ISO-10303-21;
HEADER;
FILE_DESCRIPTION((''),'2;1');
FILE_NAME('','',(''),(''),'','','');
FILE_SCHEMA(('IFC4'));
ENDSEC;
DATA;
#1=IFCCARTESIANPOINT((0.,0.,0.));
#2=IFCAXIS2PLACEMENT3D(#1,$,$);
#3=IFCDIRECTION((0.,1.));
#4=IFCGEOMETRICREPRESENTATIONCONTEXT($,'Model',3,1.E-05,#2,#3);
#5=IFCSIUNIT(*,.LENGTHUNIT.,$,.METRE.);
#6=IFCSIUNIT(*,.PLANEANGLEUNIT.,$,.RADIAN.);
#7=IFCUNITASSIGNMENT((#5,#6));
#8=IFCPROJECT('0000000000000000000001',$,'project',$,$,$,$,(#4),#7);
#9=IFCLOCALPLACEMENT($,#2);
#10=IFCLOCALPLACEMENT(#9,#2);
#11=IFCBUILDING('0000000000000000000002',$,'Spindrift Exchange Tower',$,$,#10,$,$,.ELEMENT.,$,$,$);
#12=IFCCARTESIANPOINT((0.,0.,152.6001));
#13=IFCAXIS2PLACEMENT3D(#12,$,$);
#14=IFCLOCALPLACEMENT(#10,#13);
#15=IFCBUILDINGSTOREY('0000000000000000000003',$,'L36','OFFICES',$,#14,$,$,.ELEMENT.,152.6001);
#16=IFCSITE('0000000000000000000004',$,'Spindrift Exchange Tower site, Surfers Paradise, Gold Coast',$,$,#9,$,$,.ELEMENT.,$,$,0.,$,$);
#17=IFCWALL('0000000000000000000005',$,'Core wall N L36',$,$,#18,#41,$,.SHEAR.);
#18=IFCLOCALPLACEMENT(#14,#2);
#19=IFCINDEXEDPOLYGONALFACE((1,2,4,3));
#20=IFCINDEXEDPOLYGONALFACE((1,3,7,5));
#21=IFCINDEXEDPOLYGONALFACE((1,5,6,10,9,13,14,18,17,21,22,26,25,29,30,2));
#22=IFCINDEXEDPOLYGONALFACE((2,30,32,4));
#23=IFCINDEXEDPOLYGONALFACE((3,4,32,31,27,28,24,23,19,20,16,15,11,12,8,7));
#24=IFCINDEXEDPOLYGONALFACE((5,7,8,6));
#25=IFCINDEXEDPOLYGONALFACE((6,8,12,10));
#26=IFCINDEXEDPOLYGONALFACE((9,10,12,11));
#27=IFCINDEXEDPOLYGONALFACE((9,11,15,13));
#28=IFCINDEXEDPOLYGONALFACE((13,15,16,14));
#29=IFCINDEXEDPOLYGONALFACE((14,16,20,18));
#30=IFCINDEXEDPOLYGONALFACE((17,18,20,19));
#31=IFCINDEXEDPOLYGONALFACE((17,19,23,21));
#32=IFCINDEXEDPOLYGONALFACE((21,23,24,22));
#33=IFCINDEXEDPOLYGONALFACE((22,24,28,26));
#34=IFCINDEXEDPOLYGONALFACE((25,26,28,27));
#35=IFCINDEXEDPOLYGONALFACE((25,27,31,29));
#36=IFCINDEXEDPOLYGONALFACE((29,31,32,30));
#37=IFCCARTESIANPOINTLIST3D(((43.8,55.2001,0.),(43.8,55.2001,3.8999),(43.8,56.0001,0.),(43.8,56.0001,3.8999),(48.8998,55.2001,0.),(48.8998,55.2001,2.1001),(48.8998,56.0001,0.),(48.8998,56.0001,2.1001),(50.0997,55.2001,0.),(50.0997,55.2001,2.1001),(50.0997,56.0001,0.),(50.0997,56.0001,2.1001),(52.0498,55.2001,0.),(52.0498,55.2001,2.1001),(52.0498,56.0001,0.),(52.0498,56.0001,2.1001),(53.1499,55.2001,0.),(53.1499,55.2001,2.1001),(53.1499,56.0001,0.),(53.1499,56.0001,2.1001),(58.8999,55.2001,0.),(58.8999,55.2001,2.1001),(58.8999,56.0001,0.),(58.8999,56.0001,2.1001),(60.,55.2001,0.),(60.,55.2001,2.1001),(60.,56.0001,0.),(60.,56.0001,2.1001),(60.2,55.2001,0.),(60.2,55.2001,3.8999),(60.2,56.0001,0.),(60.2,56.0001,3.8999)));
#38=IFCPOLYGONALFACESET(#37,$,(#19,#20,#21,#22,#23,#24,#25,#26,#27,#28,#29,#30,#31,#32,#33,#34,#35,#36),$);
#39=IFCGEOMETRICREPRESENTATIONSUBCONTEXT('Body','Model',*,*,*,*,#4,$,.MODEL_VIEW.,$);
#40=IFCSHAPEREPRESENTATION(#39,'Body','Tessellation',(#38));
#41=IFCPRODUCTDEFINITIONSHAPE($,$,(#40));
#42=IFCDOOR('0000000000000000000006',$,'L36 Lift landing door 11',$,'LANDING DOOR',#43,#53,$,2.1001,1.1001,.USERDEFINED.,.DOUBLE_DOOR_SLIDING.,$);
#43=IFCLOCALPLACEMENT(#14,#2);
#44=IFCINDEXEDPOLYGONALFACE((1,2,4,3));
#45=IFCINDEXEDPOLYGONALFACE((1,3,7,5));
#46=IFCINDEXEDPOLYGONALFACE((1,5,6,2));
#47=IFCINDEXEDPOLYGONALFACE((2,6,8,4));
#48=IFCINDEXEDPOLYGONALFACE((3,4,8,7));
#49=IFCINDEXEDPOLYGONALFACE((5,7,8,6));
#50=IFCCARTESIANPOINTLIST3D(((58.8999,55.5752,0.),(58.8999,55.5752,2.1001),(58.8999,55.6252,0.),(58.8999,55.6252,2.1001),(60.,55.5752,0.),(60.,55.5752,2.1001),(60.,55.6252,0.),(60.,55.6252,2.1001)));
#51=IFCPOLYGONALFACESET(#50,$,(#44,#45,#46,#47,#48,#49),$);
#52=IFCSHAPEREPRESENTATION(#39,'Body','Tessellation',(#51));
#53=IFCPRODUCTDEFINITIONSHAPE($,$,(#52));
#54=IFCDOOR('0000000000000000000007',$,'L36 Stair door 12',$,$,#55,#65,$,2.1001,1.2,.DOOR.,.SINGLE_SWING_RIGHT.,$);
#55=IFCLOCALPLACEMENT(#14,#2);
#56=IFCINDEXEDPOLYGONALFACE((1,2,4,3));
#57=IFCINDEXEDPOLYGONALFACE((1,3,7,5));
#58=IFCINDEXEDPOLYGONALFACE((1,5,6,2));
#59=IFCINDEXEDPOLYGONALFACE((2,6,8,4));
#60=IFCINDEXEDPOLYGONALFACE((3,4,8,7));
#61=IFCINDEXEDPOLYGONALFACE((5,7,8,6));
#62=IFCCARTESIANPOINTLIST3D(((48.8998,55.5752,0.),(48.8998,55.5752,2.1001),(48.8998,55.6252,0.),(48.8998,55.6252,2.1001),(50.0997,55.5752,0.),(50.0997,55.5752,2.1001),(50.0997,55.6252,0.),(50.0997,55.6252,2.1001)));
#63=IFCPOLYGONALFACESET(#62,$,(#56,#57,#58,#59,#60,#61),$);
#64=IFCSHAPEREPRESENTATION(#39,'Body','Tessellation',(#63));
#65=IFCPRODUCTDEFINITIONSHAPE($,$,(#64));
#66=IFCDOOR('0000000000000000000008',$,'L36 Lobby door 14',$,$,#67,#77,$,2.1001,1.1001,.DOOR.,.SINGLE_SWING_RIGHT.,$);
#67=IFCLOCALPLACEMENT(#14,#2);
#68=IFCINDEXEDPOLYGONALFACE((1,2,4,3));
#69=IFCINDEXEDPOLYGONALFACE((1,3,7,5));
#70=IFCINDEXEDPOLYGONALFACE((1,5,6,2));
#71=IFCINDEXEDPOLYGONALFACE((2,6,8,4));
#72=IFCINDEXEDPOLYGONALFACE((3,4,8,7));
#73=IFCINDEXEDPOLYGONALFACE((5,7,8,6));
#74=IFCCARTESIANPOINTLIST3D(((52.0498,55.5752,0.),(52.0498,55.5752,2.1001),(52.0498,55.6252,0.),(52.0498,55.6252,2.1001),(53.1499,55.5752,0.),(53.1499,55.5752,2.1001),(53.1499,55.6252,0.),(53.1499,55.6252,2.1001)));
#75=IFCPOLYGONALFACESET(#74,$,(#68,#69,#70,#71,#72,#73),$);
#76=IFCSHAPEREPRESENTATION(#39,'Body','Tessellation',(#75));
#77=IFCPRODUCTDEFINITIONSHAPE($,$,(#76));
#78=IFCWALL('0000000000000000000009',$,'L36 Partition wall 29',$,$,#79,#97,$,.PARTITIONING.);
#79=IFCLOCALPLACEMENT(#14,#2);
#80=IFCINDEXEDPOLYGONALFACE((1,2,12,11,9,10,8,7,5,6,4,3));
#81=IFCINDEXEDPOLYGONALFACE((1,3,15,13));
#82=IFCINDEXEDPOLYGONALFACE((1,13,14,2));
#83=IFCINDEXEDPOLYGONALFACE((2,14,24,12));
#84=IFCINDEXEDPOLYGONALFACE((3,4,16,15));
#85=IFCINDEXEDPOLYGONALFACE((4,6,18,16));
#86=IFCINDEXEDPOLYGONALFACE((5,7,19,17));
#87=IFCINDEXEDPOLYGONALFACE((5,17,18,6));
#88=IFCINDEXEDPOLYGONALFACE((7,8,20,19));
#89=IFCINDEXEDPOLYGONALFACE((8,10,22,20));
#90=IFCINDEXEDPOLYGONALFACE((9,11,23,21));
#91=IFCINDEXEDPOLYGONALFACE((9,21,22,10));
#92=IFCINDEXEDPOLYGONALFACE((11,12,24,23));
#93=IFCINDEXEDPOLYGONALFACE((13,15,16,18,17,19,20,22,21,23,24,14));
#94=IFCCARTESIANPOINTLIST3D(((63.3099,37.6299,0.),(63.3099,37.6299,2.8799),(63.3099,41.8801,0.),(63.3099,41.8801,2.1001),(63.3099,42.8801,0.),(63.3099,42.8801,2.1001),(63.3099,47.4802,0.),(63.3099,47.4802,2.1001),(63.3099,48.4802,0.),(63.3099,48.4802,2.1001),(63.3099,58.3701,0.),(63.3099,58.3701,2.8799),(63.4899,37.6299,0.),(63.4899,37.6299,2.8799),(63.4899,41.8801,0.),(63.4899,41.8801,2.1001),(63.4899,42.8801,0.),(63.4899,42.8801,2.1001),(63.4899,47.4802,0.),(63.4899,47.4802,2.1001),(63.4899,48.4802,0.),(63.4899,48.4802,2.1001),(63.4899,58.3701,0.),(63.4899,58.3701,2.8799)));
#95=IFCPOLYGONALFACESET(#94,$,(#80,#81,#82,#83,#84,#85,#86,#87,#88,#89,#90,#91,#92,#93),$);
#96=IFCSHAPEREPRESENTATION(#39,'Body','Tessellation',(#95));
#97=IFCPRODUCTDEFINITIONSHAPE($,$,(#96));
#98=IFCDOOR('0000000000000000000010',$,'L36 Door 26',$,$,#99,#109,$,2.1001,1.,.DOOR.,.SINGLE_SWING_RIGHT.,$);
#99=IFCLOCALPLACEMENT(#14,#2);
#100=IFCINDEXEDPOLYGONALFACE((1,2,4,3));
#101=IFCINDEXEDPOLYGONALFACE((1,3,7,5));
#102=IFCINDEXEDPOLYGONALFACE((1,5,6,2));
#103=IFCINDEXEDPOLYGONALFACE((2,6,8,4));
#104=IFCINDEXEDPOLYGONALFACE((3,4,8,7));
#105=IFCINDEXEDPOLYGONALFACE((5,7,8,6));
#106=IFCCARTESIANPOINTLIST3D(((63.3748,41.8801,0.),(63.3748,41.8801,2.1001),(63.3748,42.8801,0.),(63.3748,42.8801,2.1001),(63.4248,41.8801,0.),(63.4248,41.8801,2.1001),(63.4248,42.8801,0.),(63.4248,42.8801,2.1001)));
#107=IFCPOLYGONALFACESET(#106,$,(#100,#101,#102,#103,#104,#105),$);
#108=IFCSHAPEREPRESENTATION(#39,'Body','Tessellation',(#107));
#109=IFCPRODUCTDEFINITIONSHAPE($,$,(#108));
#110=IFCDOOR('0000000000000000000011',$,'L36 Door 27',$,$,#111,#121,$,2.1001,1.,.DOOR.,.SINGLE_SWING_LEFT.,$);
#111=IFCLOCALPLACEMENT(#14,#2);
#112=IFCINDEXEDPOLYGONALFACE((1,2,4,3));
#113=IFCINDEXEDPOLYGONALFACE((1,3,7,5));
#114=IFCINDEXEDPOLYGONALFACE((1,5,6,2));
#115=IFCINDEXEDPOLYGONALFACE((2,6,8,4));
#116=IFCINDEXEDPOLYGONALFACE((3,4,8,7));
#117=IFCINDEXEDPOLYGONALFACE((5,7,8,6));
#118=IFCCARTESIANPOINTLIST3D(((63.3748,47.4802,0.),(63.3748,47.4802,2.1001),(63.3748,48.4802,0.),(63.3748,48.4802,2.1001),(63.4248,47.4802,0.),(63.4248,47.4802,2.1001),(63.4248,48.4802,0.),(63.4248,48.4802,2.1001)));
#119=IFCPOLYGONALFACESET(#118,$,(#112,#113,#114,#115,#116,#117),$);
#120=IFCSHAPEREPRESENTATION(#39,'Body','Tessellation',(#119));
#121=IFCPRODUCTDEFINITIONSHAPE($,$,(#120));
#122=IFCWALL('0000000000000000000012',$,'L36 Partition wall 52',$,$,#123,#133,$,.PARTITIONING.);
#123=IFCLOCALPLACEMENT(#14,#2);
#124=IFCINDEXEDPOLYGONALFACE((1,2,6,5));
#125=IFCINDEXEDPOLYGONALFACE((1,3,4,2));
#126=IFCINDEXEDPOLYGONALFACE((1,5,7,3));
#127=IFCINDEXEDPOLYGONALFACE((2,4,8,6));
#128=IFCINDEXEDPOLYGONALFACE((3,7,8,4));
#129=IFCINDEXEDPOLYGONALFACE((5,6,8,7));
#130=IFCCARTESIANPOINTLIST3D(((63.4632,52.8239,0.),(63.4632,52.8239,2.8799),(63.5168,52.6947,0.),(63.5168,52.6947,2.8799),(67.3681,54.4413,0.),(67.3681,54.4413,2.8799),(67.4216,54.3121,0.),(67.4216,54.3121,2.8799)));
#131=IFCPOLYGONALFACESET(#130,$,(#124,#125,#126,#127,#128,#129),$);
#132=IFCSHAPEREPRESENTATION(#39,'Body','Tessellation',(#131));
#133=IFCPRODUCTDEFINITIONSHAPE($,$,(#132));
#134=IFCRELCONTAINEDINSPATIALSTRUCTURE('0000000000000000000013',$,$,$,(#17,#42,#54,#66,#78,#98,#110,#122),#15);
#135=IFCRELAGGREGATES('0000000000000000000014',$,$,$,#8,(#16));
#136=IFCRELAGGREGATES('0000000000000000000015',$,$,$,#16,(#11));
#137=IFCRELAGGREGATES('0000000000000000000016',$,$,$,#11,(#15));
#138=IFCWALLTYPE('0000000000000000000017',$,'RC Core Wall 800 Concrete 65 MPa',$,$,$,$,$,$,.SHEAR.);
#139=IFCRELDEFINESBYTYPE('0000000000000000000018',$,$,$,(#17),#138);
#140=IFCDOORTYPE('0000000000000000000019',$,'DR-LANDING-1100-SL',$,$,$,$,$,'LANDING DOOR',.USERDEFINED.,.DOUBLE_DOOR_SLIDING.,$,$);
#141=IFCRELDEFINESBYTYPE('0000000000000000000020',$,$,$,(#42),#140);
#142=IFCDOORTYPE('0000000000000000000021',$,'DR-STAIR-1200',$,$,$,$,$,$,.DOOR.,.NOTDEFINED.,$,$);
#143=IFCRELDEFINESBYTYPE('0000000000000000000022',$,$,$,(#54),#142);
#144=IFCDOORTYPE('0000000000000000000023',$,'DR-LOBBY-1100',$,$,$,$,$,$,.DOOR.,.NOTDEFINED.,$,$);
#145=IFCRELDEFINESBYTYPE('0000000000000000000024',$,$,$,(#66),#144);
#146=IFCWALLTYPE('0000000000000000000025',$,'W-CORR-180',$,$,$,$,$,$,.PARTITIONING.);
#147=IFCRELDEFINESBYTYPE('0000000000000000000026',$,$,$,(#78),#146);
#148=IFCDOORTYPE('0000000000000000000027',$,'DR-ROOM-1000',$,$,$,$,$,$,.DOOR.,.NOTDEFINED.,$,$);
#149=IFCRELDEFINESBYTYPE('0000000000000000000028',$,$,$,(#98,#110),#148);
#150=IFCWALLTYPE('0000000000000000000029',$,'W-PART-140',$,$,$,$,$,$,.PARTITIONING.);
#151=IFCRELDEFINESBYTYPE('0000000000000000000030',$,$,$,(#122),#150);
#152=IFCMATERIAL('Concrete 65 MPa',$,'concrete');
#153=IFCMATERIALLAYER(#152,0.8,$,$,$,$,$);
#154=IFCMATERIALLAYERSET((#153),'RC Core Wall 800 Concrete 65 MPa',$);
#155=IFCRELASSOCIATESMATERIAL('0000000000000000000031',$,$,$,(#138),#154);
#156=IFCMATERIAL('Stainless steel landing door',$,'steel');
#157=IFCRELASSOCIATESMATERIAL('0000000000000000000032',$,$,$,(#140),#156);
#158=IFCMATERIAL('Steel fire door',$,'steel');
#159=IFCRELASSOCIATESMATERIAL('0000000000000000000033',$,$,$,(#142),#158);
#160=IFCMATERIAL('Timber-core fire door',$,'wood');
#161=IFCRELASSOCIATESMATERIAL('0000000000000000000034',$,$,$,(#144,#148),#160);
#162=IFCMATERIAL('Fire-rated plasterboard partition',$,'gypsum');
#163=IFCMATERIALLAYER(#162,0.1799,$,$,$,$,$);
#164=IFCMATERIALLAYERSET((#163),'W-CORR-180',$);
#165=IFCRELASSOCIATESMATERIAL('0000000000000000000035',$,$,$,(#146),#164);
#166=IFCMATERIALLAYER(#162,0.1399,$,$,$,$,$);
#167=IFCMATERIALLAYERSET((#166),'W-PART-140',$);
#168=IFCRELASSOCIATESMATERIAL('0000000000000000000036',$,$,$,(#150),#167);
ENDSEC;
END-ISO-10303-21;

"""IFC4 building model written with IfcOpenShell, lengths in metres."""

from ifc_helpers import new_model, si_unit, direction, frame, frame_2d, origin, place, context, subcontext, project, spatial, rectangle, extrude, source, transform, mapped, material, layer, layer_set, type_object, element, fill, save


model = new_model("IFC4")

# Units and contexts
model_context = context("Model", 3, precision=1e-05, world=origin(), true_north=direction((0.0, 1.0)))
body_context = subcontext(model_context, "Body", "Model", "MODEL_VIEW")
ifc_project = project(units=[si_unit("LENGTHUNIT", "METRE"), si_unit("PLANEANGLEUNIT", "RADIAN")], contexts=[model_context])

# Site, building, storey
site_placement = place(None, origin())
site = spatial("IfcSite", under=ifc_project, at=site_placement, Name="Spindrift Exchange Tower site, Surfers Paradise, Gold Coast", CompositionType="ELEMENT", RefElevation=0.0)
building_placement = place(site_placement, origin())
building = spatial("IfcBuilding", under=site, at=building_placement, Name="Spindrift Exchange Tower", CompositionType="ELEMENT")
storey_placement = place(building_placement, frame((0.0, 0.0, 152.6001)))
storey = spatial("IfcBuildingStorey", under=building, at=storey_placement, Name="L36", Description="OFFICES", CompositionType="ELEMENT", Elevation=152.6001)

# Walls, openings, doors
ifc_material_1 = material(Name="Concrete 65 MPa", Category="concrete")
ifc_layer_1 = layer(ifc_material_1, 0.8)
ifc_layer_set_1 = layer_set([ifc_layer_1], Name="RC Core Wall 800 Concrete 65 MPa")
wall_type_1 = type_object("IfcWallType", Name="RC Core Wall 800 Concrete 65 MPa", PredefinedType="SHEAR", material=ifc_layer_set_1)
wall_1_placement = place(storey_placement, frame((60.2, 55.6001, 0.0), z_axis=(0.0, 0.0, 1.0), x_axis=(-1.0, 0.0, 0.0)))
wall_1 = element("IfcWall", 1, at=wall_1_placement, inside=storey, type_object=wall_type_1, Name="Core wall N L36", PredefinedType="SHEAR", context=body_context, shape_type="SweptSolid", body=[
    extrude(rectangle(XDim=16.3999, YDim=0.8, at=frame_2d((8.2, 0.0))), origin(), (0.0, 0.0, 1.0), 3.8999),
])
opening_1_placement = place(wall_1_placement, frame((0.2, 0.0, 0.0)))
opening_1 = element("IfcOpeningElement", 2, at=opening_1_placement, cuts=wall_1, PredefinedType="OPENING", context=body_context, shape_type="SweptSolid", body=[
    extrude(rectangle(XDim=1.1001, YDim=2.1001, at=frame_2d((0.55, 1.05))), frame((0.0, 0.4099, 0.0), z_axis=(0.0, -1.0, 0.0), x_axis=(1.0, 0.0, 0.0)), (0.0, 0.0, 1.0), 0.8201),
])
opening_2_placement = place(wall_1_placement, frame((10.1001, 0.0, 0.0)))
opening_2 = element("IfcOpeningElement", 3, at=opening_2_placement, cuts=wall_1, PredefinedType="OPENING", context=body_context, shape_type="SweptSolid", body=[
    extrude(rectangle(XDim=1.2, YDim=2.1001, at=frame_2d((0.6001, 1.05))), frame((0.0, 0.4099, 0.0), z_axis=(0.0, -1.0, 0.0), x_axis=(1.0, 0.0, 0.0)), (0.0, 0.0, 1.0), 0.8201),
])
opening_3_placement = place(wall_1_placement, frame((7.05, 0.0, 0.0)))
opening_3 = element("IfcOpeningElement", 4, at=opening_3_placement, cuts=wall_1, PredefinedType="OPENING", context=body_context, shape_type="SweptSolid", body=[
    extrude(rectangle(XDim=1.1001, YDim=2.1001, at=frame_2d((0.55, 1.05))), frame((0.0, 0.4099, 0.0), z_axis=(0.0, -1.0, 0.0), x_axis=(1.0, 0.0, 0.0)), (0.0, 0.0, 1.0), 0.8201),
])
ifc_material_2 = material(Name="Stainless steel landing door", Category="steel")
door_type_1 = type_object("IfcDoorType", Name="DR-LANDING-1100-SL", ElementType="LANDING DOOR", OperationType="DOUBLE_DOOR_SLIDING", PredefinedType="USERDEFINED", material=ifc_material_2)
shared_shape_1 = source(origin(), body_context, "Body", "SweptSolid", [
    extrude(rectangle(XDim=1.1001, YDim=2.1001, at=frame_2d((0.55, 1.05))), frame((0.0, 0.0249, 0.0), z_axis=(0.0, -1.0, 0.0), x_axis=(1.0, 0.0, 0.0)), (0.0, 0.0, 1.0), 0.05),
])
door_1_placement = place(opening_1_placement, origin())
door_1 = element("IfcDoor", 5, at=door_1_placement, inside=storey, type_object=door_type_1, Name="L36 Lift landing door 11", ObjectType="LANDING DOOR", OperationType="DOUBLE_DOOR_SLIDING", OverallHeight=2.1001, OverallWidth=1.1001, PredefinedType="USERDEFINED", context=body_context, shape_type="MappedRepresentation", body=[
    mapped(shared_shape_1, transform((0.0, 0.0, 0.0), scale=1.0)),
])
fill(opening_1, door_1)
ifc_material_3 = material(Name="Steel fire door", Category="steel")
door_type_2 = type_object("IfcDoorType", Name="DR-STAIR-1200", OperationType="NOTDEFINED", PredefinedType="DOOR", material=ifc_material_3)
shared_shape_2 = source(origin(), body_context, "Body", "SweptSolid", [
    extrude(rectangle(XDim=1.2, YDim=2.1001, at=frame_2d((0.6001, 1.05))), frame((0.0, 0.0249, 0.0), z_axis=(0.0, -1.0, 0.0), x_axis=(1.0, 0.0, 0.0)), (0.0, 0.0, 1.0), 0.05),
])
door_2_placement = place(opening_2_placement, origin())
door_2 = element("IfcDoor", 6, at=door_2_placement, inside=storey, type_object=door_type_2, Name="L36 Stair door 12", OperationType="SINGLE_SWING_RIGHT", OverallHeight=2.1001, OverallWidth=1.2, PredefinedType="DOOR", context=body_context, shape_type="MappedRepresentation", body=[
    mapped(shared_shape_2, transform((0.0, 0.0, 0.0), scale=1.0)),
])
fill(opening_2, door_2)
ifc_material_4 = material(Name="Timber-core fire door", Category="wood")
door_type_3 = type_object("IfcDoorType", Name="DR-LOBBY-1100", OperationType="NOTDEFINED", PredefinedType="DOOR", material=ifc_material_4)
shared_shape_3 = source(origin(), body_context, "Body", "SweptSolid", [
    extrude(rectangle(XDim=1.1001, YDim=2.1001, at=frame_2d((0.55, 1.05))), frame((0.0, 0.0249, 0.0), z_axis=(0.0, -1.0, 0.0), x_axis=(1.0, 0.0, 0.0)), (0.0, 0.0, 1.0), 0.05),
])
door_3_placement = place(opening_3_placement, origin())
door_3 = element("IfcDoor", 7, at=door_3_placement, inside=storey, type_object=door_type_3, Name="L36 Lobby door 14", OperationType="SINGLE_SWING_RIGHT", OverallHeight=2.1001, OverallWidth=1.1001, PredefinedType="DOOR", context=body_context, shape_type="MappedRepresentation", body=[
    mapped(shared_shape_3, transform((0.0, 0.0, 0.0), scale=1.0)),
])
fill(opening_3, door_3)
ifc_material_5 = material(Name="Fire-rated plasterboard partition", Category="gypsum")
ifc_layer_2 = layer(ifc_material_5, 0.1799)
ifc_layer_set_2 = layer_set([ifc_layer_2], Name="W-CORR-180")
wall_type_2 = type_object("IfcWallType", Name="W-CORR-180", PredefinedType="PARTITIONING", material=ifc_layer_set_2)
wall_2_placement = place(storey_placement, frame((63.3999, 58.3701, 0.0), z_axis=(0.0, 0.0, 1.0), x_axis=(0.0, -1.0, 0.0)))
wall_2 = element("IfcWall", 8, at=wall_2_placement, inside=storey, type_object=wall_type_2, Name="L36 Partition wall 29", PredefinedType="PARTITIONING", context=body_context, shape_type="SweptSolid", body=[
    extrude(rectangle(XDim=20.7402, YDim=0.1799, at=frame_2d((10.3701, 0.0))), origin(), (0.0, 0.0, 1.0), 2.8799),
])
opening_4_placement = place(wall_2_placement, frame((15.49, 0.0, 0.0)))
opening_4 = element("IfcOpeningElement", 9, at=opening_4_placement, cuts=wall_2, PredefinedType="OPENING", context=body_context, shape_type="SweptSolid", body=[
    extrude(rectangle(XDim=1.0, YDim=2.1001, at=frame_2d((0.5, 1.05))), frame((0.0, 0.0999, 0.0), z_axis=(0.0, -1.0, 0.0), x_axis=(1.0, 0.0, 0.0)), (0.0, 0.0, 1.0), 0.2),
])
opening_5_placement = place(wall_2_placement, frame((9.8899, 0.0, 0.0)))
opening_5 = element("IfcOpeningElement", 10, at=opening_5_placement, cuts=wall_2, PredefinedType="OPENING", context=body_context, shape_type="SweptSolid", body=[
    extrude(rectangle(XDim=1.0, YDim=2.1001, at=frame_2d((0.5, 1.05))), frame((0.0, 0.0999, 0.0), z_axis=(0.0, -1.0, 0.0), x_axis=(1.0, 0.0, 0.0)), (0.0, 0.0, 1.0), 0.2),
])
door_type_4 = type_object("IfcDoorType", Name="DR-ROOM-1000", OperationType="NOTDEFINED", PredefinedType="DOOR", material=ifc_material_4)
shared_shape_4 = source(origin(), body_context, "Body", "SweptSolid", [
    extrude(rectangle(XDim=1.0, YDim=2.1001, at=frame_2d((0.5, 1.05))), frame((0.0, 0.0249, 0.0), z_axis=(0.0, -1.0, 0.0), x_axis=(1.0, 0.0, 0.0)), (0.0, 0.0, 1.0), 0.05),
])
door_4_placement = place(opening_4_placement, origin())
door_4 = element("IfcDoor", 11, at=door_4_placement, inside=storey, type_object=door_type_4, Name="L36 Door 26", OperationType="SINGLE_SWING_RIGHT", OverallHeight=2.1001, OverallWidth=1.0, PredefinedType="DOOR", context=body_context, shape_type="MappedRepresentation", body=[
    mapped(shared_shape_4, transform((0.0, 0.0, 0.0), scale=1.0)),
])
fill(opening_4, door_4)
door_5_placement = place(opening_5_placement, origin())
door_5 = element("IfcDoor", 12, at=door_5_placement, inside=storey, type_object=door_type_4, Name="L36 Door 27", OperationType="SINGLE_SWING_LEFT", OverallHeight=2.1001, OverallWidth=1.0, PredefinedType="DOOR", context=body_context, shape_type="MappedRepresentation", body=[
    mapped(shared_shape_4, transform((0.0, 0.0, 0.0), scale=1.0)),
])
fill(opening_5, door_5)

# Wall
ifc_layer_3 = layer(ifc_material_5, 0.1399)
ifc_layer_set_3 = layer_set([ifc_layer_3], Name="W-PART-140")
wall_type_3 = type_object("IfcWallType", Name="W-PART-140", PredefinedType="PARTITIONING", material=ifc_layer_set_3)
wall_3_placement = place(storey_placement, frame((63.49, 52.7593, 0.0), z_axis=(0.0, 0.0, 1.0), x_axis=(0.923878, 0.382687, 0.0)))
element("IfcWall", 13, at=wall_3_placement, inside=storey, type_object=wall_type_3, Name="L36 Partition wall 52", PredefinedType="PARTITIONING", context=body_context, shape_type="SweptSolid", body=[
    extrude(rectangle(XDim=4.2266, YDim=0.1399, at=frame_2d((2.1133, 0.0))), origin(), (0.0, 0.0, 1.0), 2.8799),
])

save(model, "model.ifc")
